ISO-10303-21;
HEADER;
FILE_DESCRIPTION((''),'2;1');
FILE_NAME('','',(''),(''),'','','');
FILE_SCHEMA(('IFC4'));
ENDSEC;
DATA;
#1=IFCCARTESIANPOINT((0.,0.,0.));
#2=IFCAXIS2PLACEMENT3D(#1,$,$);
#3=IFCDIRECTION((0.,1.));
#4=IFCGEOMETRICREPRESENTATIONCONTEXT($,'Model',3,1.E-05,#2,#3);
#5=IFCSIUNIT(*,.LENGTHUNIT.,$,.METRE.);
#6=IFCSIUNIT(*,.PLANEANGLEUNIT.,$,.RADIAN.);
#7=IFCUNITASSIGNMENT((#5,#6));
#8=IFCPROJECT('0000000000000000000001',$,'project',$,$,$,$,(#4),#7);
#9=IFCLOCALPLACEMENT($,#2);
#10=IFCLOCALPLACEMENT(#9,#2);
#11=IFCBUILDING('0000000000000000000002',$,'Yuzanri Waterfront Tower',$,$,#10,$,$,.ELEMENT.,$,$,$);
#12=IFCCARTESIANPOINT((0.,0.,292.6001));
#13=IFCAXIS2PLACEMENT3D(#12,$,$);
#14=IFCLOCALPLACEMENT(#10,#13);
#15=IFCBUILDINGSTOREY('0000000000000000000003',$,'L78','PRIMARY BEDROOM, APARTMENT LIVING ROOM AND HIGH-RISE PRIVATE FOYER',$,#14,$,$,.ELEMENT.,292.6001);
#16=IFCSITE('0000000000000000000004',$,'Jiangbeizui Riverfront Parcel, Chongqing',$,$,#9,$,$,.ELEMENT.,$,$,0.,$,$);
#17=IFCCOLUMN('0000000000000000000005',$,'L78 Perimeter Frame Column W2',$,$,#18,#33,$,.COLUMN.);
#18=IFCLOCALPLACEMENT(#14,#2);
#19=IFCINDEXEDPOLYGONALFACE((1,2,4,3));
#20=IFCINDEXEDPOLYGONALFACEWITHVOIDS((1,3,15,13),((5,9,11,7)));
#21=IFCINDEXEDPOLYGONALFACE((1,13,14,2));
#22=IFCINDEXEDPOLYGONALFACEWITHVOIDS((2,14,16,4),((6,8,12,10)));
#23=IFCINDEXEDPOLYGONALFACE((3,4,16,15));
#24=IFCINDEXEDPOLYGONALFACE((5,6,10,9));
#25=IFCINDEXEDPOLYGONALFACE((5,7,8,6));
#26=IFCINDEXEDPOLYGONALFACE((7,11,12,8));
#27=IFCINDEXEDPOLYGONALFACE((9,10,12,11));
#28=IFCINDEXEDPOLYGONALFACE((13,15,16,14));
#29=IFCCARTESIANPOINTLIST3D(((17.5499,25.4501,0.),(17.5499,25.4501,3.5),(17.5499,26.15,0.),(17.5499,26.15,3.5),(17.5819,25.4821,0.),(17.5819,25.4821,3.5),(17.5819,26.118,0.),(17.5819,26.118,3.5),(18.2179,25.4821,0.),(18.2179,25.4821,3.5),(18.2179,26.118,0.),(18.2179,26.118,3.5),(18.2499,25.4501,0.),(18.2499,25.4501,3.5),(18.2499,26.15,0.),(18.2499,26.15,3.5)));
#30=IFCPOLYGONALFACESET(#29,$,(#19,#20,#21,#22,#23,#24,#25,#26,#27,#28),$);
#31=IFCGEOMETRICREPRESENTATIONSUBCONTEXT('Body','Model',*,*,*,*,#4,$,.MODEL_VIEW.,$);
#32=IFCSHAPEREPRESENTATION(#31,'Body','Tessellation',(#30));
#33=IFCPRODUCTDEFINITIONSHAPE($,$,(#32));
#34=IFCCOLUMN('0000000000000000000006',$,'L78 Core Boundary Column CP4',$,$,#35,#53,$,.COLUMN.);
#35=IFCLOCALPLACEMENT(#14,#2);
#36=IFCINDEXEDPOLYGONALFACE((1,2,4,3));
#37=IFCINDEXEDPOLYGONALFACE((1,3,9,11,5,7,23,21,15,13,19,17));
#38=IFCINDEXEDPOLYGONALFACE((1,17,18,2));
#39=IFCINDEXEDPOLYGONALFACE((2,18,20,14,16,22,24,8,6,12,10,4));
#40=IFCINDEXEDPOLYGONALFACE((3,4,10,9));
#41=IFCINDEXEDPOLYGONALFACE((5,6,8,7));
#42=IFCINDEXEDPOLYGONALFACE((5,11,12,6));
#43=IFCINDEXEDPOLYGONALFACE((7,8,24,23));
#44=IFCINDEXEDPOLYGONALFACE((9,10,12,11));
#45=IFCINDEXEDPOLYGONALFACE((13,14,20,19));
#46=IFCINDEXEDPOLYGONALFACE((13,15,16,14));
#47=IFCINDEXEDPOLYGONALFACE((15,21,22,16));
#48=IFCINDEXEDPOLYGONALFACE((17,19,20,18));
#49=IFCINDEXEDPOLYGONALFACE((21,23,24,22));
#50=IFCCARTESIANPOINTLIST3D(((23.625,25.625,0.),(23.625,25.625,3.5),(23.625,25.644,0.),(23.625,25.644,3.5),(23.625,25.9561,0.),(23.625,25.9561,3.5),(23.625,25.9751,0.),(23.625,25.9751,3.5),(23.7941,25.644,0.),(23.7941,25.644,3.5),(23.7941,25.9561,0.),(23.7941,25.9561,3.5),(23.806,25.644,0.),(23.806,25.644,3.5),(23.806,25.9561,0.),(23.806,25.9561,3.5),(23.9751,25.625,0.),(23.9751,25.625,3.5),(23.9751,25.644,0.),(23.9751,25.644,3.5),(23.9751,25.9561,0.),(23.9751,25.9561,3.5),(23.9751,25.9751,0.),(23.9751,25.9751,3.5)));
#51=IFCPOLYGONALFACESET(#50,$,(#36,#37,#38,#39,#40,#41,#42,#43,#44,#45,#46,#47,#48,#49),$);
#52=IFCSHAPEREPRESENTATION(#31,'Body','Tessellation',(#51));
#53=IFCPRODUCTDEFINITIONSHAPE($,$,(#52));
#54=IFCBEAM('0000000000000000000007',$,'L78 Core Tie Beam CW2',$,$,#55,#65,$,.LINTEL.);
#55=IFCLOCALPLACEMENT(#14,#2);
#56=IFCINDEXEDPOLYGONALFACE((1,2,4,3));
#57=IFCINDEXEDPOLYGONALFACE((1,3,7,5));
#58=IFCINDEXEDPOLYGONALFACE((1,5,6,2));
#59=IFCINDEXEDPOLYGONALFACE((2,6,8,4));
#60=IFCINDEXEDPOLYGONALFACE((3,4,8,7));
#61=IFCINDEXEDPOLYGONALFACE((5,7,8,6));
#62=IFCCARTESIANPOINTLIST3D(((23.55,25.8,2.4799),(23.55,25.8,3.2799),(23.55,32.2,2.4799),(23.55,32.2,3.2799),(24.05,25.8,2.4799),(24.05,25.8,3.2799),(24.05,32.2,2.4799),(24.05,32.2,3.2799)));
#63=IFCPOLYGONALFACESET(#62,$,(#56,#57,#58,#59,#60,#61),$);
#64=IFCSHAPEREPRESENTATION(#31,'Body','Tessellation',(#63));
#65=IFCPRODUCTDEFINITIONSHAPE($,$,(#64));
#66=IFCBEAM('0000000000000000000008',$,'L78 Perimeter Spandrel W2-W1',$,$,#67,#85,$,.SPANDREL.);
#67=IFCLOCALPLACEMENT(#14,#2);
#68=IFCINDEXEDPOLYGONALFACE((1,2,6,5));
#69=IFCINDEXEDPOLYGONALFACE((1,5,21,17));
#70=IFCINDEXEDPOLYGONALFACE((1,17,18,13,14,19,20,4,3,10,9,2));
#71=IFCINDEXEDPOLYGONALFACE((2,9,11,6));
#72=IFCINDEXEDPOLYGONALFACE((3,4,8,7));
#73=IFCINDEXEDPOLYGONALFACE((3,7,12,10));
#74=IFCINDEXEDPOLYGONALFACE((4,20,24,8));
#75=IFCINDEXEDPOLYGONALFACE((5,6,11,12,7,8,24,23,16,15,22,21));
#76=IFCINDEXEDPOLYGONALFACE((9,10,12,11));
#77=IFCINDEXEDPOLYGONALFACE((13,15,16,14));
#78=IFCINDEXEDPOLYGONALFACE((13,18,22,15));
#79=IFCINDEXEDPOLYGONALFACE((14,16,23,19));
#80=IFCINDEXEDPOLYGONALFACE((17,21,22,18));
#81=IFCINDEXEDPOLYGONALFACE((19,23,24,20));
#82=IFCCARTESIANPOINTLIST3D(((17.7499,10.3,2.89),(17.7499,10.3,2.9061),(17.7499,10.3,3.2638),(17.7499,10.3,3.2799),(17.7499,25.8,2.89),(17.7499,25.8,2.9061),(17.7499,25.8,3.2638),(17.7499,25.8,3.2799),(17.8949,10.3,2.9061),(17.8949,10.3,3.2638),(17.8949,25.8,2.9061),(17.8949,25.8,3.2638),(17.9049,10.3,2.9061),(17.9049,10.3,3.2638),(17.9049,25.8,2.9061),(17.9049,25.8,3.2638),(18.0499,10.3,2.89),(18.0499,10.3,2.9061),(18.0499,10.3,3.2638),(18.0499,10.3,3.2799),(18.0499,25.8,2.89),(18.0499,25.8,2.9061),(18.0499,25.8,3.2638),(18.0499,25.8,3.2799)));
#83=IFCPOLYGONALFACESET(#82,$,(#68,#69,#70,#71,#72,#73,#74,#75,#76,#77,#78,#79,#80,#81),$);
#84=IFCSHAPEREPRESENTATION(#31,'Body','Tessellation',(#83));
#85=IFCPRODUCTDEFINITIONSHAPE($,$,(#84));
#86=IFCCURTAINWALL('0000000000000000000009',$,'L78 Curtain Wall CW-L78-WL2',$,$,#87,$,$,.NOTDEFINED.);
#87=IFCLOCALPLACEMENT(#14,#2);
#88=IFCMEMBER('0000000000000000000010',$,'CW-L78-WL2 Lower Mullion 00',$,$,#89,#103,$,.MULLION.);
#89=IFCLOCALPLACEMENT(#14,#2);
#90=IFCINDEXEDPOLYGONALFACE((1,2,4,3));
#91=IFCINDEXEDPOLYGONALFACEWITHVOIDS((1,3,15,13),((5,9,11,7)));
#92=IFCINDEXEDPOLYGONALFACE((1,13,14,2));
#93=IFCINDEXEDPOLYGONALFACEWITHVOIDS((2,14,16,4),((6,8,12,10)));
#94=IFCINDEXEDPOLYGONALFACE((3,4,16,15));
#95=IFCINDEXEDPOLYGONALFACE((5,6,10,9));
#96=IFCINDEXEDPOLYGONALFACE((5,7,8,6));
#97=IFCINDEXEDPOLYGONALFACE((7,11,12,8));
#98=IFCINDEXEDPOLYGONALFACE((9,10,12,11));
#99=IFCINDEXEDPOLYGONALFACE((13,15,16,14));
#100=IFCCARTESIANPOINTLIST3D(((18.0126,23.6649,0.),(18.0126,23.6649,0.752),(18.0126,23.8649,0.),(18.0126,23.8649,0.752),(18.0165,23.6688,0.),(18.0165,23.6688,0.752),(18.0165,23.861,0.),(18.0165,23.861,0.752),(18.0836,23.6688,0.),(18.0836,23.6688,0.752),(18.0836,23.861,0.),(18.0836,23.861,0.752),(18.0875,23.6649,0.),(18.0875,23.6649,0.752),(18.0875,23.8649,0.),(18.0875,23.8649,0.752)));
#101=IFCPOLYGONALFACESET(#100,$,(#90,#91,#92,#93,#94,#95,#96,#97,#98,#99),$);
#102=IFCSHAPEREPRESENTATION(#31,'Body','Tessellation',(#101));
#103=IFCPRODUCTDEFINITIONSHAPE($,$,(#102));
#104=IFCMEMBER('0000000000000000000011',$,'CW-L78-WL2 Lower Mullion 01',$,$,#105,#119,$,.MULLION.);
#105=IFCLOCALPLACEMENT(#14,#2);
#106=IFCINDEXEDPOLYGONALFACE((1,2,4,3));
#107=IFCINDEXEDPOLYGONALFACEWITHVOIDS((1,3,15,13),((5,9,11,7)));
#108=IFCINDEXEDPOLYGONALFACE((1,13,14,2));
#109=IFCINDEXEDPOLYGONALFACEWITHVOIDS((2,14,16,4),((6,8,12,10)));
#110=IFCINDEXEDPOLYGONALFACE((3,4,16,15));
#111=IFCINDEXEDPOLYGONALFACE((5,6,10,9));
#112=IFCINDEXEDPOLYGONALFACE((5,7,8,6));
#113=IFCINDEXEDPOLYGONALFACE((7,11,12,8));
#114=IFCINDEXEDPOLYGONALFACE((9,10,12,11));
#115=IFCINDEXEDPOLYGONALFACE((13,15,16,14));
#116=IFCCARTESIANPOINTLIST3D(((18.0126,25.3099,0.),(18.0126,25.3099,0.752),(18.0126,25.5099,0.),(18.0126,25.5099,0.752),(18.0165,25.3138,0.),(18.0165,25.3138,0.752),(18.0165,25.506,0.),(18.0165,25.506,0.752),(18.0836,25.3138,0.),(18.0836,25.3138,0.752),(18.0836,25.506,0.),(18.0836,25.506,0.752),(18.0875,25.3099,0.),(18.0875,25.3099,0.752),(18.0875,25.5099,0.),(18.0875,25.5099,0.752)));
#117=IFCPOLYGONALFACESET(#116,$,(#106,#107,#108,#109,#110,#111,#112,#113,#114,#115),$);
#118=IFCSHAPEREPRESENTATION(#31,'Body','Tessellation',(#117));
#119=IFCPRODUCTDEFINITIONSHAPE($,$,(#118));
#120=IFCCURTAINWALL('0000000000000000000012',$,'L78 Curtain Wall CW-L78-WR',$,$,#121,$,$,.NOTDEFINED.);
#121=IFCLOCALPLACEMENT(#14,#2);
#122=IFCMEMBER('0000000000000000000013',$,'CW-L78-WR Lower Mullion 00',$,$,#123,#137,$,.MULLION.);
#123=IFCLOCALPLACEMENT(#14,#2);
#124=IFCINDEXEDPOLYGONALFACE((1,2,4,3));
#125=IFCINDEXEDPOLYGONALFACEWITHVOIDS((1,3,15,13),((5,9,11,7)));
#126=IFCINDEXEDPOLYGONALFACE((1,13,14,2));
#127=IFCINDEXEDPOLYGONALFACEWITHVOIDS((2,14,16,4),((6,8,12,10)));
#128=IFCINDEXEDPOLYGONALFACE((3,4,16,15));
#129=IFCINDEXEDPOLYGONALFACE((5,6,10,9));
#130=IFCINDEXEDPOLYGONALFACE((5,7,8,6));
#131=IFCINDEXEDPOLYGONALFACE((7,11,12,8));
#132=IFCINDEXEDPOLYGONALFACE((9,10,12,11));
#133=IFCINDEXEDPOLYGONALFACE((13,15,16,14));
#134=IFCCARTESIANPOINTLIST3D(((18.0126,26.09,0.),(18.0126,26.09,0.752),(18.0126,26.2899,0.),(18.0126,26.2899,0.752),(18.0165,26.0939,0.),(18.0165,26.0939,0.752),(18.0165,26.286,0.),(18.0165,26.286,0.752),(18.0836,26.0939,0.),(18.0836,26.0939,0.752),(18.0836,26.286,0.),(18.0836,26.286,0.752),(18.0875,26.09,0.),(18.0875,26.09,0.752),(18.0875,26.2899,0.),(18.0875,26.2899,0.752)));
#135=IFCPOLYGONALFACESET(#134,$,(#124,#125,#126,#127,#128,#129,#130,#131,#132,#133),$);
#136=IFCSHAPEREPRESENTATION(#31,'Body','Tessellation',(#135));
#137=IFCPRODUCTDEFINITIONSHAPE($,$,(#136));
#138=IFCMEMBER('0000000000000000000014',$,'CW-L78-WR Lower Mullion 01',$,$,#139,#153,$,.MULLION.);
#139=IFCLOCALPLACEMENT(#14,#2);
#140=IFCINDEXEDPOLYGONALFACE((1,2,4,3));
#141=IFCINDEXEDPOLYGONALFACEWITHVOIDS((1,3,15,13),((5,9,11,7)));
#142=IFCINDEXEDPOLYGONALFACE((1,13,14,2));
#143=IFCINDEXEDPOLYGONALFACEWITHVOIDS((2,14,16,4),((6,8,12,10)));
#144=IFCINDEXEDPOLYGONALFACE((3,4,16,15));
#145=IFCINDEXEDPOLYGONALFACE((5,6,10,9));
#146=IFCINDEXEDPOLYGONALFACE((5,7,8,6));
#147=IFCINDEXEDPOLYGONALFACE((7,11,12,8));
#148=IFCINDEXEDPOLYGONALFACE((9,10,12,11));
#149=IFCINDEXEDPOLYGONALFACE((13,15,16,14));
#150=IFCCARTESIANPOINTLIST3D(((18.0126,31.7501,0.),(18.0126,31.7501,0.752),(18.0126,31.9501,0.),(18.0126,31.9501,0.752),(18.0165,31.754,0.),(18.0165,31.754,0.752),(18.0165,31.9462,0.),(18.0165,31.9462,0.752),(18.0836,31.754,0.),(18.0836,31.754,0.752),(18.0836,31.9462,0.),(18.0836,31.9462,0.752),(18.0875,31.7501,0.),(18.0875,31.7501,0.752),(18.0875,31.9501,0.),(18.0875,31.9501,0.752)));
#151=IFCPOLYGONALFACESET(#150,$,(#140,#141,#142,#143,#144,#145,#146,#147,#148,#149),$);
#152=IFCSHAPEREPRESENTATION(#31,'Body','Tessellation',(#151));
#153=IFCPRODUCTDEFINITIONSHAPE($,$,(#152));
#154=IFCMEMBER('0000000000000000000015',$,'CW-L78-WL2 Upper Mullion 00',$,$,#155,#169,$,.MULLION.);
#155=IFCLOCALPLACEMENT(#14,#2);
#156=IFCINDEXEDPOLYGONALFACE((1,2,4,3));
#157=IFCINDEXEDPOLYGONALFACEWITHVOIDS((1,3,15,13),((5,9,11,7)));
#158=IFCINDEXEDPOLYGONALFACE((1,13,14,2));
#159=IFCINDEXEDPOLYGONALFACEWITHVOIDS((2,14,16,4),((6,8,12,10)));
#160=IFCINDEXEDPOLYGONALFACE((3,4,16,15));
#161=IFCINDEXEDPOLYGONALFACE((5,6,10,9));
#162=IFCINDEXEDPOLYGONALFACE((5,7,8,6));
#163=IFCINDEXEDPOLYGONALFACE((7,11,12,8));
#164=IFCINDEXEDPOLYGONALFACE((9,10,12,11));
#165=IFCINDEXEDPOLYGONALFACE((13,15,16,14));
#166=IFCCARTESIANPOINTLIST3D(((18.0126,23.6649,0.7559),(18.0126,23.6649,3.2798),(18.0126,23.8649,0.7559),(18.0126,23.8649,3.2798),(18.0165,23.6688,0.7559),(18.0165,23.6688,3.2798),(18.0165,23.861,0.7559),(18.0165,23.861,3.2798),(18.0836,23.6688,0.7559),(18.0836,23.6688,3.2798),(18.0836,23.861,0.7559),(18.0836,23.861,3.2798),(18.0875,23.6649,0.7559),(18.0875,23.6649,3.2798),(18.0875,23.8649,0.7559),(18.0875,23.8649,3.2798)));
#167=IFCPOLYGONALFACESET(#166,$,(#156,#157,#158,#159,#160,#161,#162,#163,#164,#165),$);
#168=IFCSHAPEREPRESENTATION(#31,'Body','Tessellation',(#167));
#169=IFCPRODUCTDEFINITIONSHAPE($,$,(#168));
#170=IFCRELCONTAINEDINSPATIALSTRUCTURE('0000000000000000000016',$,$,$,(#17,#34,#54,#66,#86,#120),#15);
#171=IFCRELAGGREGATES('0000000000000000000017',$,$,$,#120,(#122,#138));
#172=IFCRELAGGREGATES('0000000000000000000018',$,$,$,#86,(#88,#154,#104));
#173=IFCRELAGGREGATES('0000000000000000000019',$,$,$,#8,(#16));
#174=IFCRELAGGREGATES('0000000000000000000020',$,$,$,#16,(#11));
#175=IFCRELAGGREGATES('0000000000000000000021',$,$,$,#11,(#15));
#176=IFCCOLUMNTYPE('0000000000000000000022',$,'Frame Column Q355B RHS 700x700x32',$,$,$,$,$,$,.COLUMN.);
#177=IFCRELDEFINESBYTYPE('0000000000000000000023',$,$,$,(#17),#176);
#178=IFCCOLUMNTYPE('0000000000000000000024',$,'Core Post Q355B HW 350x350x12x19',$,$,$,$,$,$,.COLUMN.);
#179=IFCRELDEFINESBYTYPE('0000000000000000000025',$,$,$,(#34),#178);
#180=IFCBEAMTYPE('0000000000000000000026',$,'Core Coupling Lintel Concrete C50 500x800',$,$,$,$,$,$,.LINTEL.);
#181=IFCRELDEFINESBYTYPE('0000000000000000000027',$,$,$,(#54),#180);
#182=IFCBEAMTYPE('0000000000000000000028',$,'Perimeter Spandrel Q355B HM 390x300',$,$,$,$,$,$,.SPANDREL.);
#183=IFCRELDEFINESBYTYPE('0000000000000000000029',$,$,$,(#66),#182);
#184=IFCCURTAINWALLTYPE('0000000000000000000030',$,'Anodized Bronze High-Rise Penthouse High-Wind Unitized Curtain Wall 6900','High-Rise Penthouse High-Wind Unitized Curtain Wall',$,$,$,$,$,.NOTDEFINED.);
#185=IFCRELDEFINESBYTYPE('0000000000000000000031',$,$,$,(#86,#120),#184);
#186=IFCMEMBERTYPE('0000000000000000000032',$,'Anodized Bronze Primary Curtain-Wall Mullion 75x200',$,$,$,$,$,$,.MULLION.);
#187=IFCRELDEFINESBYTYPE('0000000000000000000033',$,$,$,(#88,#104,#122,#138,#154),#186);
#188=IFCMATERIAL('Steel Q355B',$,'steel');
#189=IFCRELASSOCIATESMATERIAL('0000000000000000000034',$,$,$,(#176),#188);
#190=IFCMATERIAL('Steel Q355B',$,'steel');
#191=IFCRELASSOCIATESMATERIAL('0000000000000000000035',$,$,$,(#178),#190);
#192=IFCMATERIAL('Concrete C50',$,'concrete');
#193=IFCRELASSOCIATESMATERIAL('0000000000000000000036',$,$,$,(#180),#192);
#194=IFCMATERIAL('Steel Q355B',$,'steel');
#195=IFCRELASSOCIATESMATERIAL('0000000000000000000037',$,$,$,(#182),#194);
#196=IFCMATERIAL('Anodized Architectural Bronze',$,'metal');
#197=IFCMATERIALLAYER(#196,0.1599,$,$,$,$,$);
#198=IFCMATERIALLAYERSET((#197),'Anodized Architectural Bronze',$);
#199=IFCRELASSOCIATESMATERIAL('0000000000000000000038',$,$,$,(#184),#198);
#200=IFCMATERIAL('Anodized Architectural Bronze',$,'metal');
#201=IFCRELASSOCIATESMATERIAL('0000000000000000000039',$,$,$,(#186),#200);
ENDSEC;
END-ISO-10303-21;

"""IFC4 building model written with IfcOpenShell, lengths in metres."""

from ifc_helpers import new_model, si_unit, direction, frame, origin, origin_2d, place, context, subcontext, project, spatial, rectangle, hollow_rectangle, i_section, extrude, source, transform, mapped, material, layer, layer_set, material_profile, profile_set, type_object, element, aggregate, save


model = new_model("IFC4")

# Units and contexts
model_context = context("Model", 3, precision=1e-05, world=origin(), true_north=direction((0.0, 1.0)))
body_context = subcontext(model_context, "Body", "Model", "MODEL_VIEW")
ifc_project = project(units=[si_unit("LENGTHUNIT", "METRE"), si_unit("PLANEANGLEUNIT", "RADIAN")], contexts=[model_context])

# Site, building, storey
site_placement = place(None, origin())
site = spatial("IfcSite", under=ifc_project, at=site_placement, Name="Jiangbeizui Riverfront Parcel, Chongqing", CompositionType="ELEMENT", RefElevation=0.0)
building_placement = place(site_placement, origin())
building = spatial("IfcBuilding", under=site, at=building_placement, Name="Yuzanri Waterfront Tower", CompositionType="ELEMENT")
storey_placement = place(building_placement, frame((0.0, 0.0, 292.6001)))
storey = spatial("IfcBuildingStorey", under=building, at=storey_placement, Name="L78", Description="PRIMARY BEDROOM, APARTMENT LIVING ROOM AND HIGH-RISE PRIVATE FOYER", CompositionType="ELEMENT", Elevation=292.6001)

# Columns
ifc_material_1 = material(Name="Steel Q355B", Category="steel")
ifc_material_profile_1 = material_profile(ifc_material_1, hollow_rectangle(XDim=0.7, YDim=0.7, WallThickness=0.032, at=origin_2d()), Name="RHS 700x700x32")
ifc_profile_set_1 = profile_set([ifc_material_profile_1], Name="Steel Q355B")
column_type_1 = type_object("IfcColumnType", Name="Frame Column Q355B RHS 700x700x32", PredefinedType="COLUMN", material=ifc_profile_set_1)
shared_shape_1 = source(origin(), body_context, "Body", "SweptSolid", [
    extrude(hollow_rectangle(XDim=0.7, YDim=0.7, WallThickness=0.032, at=origin_2d()), origin(), (0.0, 0.0, 1.0), 3.5),
])
column_1_placement = place(storey_placement, frame((17.8999, 25.8, 0.0), z_axis=(0.0, 0.0, 1.0), x_axis=(1.0, 0.0, 0.0)))
element("IfcColumn", 1, at=column_1_placement, inside=storey, type_object=column_type_1, Name="L78 Perimeter Frame Column W2", PredefinedType="COLUMN", context=body_context, shape_type="MappedRepresentation", body=[
    mapped(shared_shape_1, transform((0.0, 0.0, 0.0), scale=1.0)),
])
ifc_material_2 = material(Name="Steel Q355B", Category="steel")
ifc_material_profile_2 = material_profile(ifc_material_2, i_section(OverallWidth=0.3501, OverallDepth=0.3501, WebThickness=0.012, FlangeThickness=0.019, at=origin_2d()), Name="HW 350x350x12x19")
ifc_profile_set_2 = profile_set([ifc_material_profile_2], Name="Steel Q355B")
column_type_2 = type_object("IfcColumnType", Name="Core Post Q355B HW 350x350x12x19", PredefinedType="COLUMN", material=ifc_profile_set_2)
shared_shape_2 = source(origin(), body_context, "Body", "SweptSolid", [
    extrude(i_section(OverallWidth=0.3501, OverallDepth=0.3501, WebThickness=0.012, FlangeThickness=0.019, at=origin_2d()), origin(), (0.0, 0.0, 1.0), 3.5),
])
column_2_placement = place(storey_placement, frame((23.8, 25.8, 0.0), z_axis=(0.0, 0.0, 1.0), x_axis=(1.0, 0.0, 0.0)))
element("IfcColumn", 2, at=column_2_placement, inside=storey, type_object=column_type_2, Name="L78 Core Boundary Column CP4", PredefinedType="COLUMN", context=body_context, shape_type="MappedRepresentation", body=[
    mapped(shared_shape_2, transform((0.0, 0.0, 0.0), scale=1.0)),
])

# Beams
ifc_material_3 = material(Name="Concrete C50", Category="concrete")
ifc_material_profile_3 = material_profile(ifc_material_3, rectangle(XDim=0.5, YDim=0.8, at=origin_2d()), Name="RC 500x800")
ifc_profile_set_3 = profile_set([ifc_material_profile_3], Name="Concrete C50")
beam_type_1 = type_object("IfcBeamType", Name="Core Coupling Lintel Concrete C50 500x800", PredefinedType="LINTEL", material=ifc_profile_set_3)
shared_shape_3 = source(origin(), body_context, "Body", "SweptSolid", [
    extrude(rectangle(XDim=0.5, YDim=0.8, at=origin_2d()), origin(), (0.0, 0.0, 1.0), 6.3999),
])
beam_1_placement = place(storey_placement, frame((23.8, 25.8, 2.8799), z_axis=(0.0, 1.0, 0.0), x_axis=(-1.0, 0.0, 0.0)))
element("IfcBeam", 3, at=beam_1_placement, inside=storey, type_object=beam_type_1, Name="L78 Core Tie Beam CW2", PredefinedType="LINTEL", context=body_context, shape_type="MappedRepresentation", body=[
    mapped(shared_shape_3, transform((0.0, 0.0, 0.0), scale=1.0)),
])
ifc_material_4 = material(Name="Steel Q355B", Category="steel")
ifc_material_profile_4 = material_profile(ifc_material_4, i_section(OverallWidth=0.3, OverallDepth=0.3899, WebThickness=0.01, FlangeThickness=0.0161, at=origin_2d()), Name="HM 390x300x10x16")
ifc_profile_set_4 = profile_set([ifc_material_profile_4], Name="Steel Q355B")
beam_type_2 = type_object("IfcBeamType", Name="Perimeter Spandrel Q355B HM 390x300", PredefinedType="SPANDREL", material=ifc_profile_set_4)
shared_shape_4 = source(origin(), body_context, "Body", "SweptSolid", [
    extrude(i_section(OverallWidth=0.3, OverallDepth=0.3899, WebThickness=0.01, FlangeThickness=0.0161, at=origin_2d()), origin(), (0.0, 0.0, 1.0), 15.5),
])
beam_2_placement = place(storey_placement, frame((17.8999, 25.8, 3.085), z_axis=(0.0, -1.0, 0.0), x_axis=(1.0, 0.0, 0.0)))
element("IfcBeam", 4, at=beam_2_placement, inside=storey, type_object=beam_type_2, Name="L78 Perimeter Spandrel W2-W1", PredefinedType="SPANDREL", context=body_context, shape_type="MappedRepresentation", body=[
    mapped(shared_shape_4, transform((0.0, 0.0, 0.0), scale=1.0)),
])

# Curtain walls, members
ifc_material_5 = material(Name="Anodized Architectural Bronze", Category="metal")
ifc_layer_1 = layer(ifc_material_5, 0.1599)
ifc_layer_set_1 = layer_set([ifc_layer_1], Name="Anodized Architectural Bronze")
curtain_wall_type = type_object("IfcCurtainWallType", Name="Anodized Bronze High-Rise Penthouse High-Wind Unitized Curtain Wall 6900", Description="High-Rise Penthouse High-Wind Unitized Curtain Wall", PredefinedType="NOTDEFINED", material=ifc_layer_set_1)
curtain_wall_1_placement = place(storey_placement, origin())
curtain_wall_1 = element("IfcCurtainWall", 5, at=curtain_wall_1_placement, inside=storey, type_object=curtain_wall_type, Name="L78 Curtain Wall CW-L78-WL2", PredefinedType="NOTDEFINED")
ifc_material_6 = material(Name="Anodized Architectural Bronze", Category="metal")
ifc_material_profile_5 = material_profile(ifc_material_6, hollow_rectangle(XDim=0.075, YDim=0.2, WallThickness=0.0039, at=origin_2d()), Name="CWM 75x200")
ifc_profile_set_5 = profile_set([ifc_material_profile_5], Name="Anodized Architectural Bronze")
member_type_1 = type_object("IfcMemberType", Name="Anodized Bronze Primary Curtain-Wall Mullion 75x200", PredefinedType="MULLION", material=ifc_profile_set_5)
shared_shape_5 = source(origin(), body_context, "Body", "SweptSolid", [
    extrude(hollow_rectangle(XDim=0.075, YDim=0.2, WallThickness=0.0039, at=origin_2d()), origin(), (0.0, 0.0, 1.0), 0.752),
])
member_1_placement = place(storey_placement, frame((18.05, 23.7649, 0.0), z_axis=(0.0, 0.0, 1.0), x_axis=(1.0, 0.0, 0.0)))
member_1 = element("IfcMember", 6, at=member_1_placement, type_object=member_type_1, Name="CW-L78-WL2 Lower Mullion 00", PredefinedType="MULLION", context=body_context, shape_type="MappedRepresentation", body=[
    mapped(shared_shape_5, transform((0.0, 0.0, 0.0), scale=1.0)),
])
member_2_placement = place(storey_placement, frame((18.05, 25.4099, 0.0), z_axis=(0.0, 0.0, 1.0), x_axis=(1.0, 0.0, 0.0)))
member_2 = element("IfcMember", 7, at=member_2_placement, type_object=member_type_1, Name="CW-L78-WL2 Lower Mullion 01", PredefinedType="MULLION", context=body_context, shape_type="MappedRepresentation", body=[
    mapped(shared_shape_5, transform((0.0, 0.0, 0.0), scale=1.0)),
])
curtain_wall_2_placement = place(storey_placement, origin())
curtain_wall_2 = element("IfcCurtainWall", 8, at=curtain_wall_2_placement, inside=storey, type_object=curtain_wall_type, Name="L78 Curtain Wall CW-L78-WR", PredefinedType="NOTDEFINED")
member_3_placement = place(storey_placement, frame((18.05, 26.1899, 0.0), z_axis=(0.0, 0.0, 1.0), x_axis=(1.0, 0.0, 0.0)))
member_3 = element("IfcMember", 9, at=member_3_placement, type_object=member_type_1, Name="CW-L78-WR Lower Mullion 00", PredefinedType="MULLION", context=body_context, shape_type="MappedRepresentation", body=[
    mapped(shared_shape_5, transform((0.0, 0.0, 0.0), scale=1.0)),
])
member_4_placement = place(storey_placement, frame((18.05, 31.8501, 0.0), z_axis=(0.0, 0.0, 1.0), x_axis=(1.0, 0.0, 0.0)))
member_4 = element("IfcMember", 10, at=member_4_placement, type_object=member_type_1, Name="CW-L78-WR Lower Mullion 01", PredefinedType="MULLION", context=body_context, shape_type="MappedRepresentation", body=[
    mapped(shared_shape_5, transform((0.0, 0.0, 0.0), scale=1.0)),
])

# Member
shared_shape_6 = source(origin(), body_context, "Body", "SweptSolid", [
    extrude(hollow_rectangle(XDim=0.075, YDim=0.2, WallThickness=0.0039, at=origin_2d()), origin(), (0.0, 0.0, 1.0), 2.5239),
])
member_5_placement = place(storey_placement, frame((18.05, 23.7649, 0.7559), z_axis=(0.0, 0.0, 1.0), x_axis=(1.0, 0.0, 0.0)))
member_5 = element("IfcMember", 11, at=member_5_placement, type_object=member_type_1, Name="CW-L78-WL2 Upper Mullion 00", PredefinedType="MULLION", context=body_context, shape_type="MappedRepresentation", body=[
    mapped(shared_shape_6, transform((0.0, 0.0, 0.0), scale=1.0)),
])

aggregate(curtain_wall_2, [member_3, member_4])
aggregate(curtain_wall_1, [member_1, member_5, member_2])

save(model, "model.ifc")
